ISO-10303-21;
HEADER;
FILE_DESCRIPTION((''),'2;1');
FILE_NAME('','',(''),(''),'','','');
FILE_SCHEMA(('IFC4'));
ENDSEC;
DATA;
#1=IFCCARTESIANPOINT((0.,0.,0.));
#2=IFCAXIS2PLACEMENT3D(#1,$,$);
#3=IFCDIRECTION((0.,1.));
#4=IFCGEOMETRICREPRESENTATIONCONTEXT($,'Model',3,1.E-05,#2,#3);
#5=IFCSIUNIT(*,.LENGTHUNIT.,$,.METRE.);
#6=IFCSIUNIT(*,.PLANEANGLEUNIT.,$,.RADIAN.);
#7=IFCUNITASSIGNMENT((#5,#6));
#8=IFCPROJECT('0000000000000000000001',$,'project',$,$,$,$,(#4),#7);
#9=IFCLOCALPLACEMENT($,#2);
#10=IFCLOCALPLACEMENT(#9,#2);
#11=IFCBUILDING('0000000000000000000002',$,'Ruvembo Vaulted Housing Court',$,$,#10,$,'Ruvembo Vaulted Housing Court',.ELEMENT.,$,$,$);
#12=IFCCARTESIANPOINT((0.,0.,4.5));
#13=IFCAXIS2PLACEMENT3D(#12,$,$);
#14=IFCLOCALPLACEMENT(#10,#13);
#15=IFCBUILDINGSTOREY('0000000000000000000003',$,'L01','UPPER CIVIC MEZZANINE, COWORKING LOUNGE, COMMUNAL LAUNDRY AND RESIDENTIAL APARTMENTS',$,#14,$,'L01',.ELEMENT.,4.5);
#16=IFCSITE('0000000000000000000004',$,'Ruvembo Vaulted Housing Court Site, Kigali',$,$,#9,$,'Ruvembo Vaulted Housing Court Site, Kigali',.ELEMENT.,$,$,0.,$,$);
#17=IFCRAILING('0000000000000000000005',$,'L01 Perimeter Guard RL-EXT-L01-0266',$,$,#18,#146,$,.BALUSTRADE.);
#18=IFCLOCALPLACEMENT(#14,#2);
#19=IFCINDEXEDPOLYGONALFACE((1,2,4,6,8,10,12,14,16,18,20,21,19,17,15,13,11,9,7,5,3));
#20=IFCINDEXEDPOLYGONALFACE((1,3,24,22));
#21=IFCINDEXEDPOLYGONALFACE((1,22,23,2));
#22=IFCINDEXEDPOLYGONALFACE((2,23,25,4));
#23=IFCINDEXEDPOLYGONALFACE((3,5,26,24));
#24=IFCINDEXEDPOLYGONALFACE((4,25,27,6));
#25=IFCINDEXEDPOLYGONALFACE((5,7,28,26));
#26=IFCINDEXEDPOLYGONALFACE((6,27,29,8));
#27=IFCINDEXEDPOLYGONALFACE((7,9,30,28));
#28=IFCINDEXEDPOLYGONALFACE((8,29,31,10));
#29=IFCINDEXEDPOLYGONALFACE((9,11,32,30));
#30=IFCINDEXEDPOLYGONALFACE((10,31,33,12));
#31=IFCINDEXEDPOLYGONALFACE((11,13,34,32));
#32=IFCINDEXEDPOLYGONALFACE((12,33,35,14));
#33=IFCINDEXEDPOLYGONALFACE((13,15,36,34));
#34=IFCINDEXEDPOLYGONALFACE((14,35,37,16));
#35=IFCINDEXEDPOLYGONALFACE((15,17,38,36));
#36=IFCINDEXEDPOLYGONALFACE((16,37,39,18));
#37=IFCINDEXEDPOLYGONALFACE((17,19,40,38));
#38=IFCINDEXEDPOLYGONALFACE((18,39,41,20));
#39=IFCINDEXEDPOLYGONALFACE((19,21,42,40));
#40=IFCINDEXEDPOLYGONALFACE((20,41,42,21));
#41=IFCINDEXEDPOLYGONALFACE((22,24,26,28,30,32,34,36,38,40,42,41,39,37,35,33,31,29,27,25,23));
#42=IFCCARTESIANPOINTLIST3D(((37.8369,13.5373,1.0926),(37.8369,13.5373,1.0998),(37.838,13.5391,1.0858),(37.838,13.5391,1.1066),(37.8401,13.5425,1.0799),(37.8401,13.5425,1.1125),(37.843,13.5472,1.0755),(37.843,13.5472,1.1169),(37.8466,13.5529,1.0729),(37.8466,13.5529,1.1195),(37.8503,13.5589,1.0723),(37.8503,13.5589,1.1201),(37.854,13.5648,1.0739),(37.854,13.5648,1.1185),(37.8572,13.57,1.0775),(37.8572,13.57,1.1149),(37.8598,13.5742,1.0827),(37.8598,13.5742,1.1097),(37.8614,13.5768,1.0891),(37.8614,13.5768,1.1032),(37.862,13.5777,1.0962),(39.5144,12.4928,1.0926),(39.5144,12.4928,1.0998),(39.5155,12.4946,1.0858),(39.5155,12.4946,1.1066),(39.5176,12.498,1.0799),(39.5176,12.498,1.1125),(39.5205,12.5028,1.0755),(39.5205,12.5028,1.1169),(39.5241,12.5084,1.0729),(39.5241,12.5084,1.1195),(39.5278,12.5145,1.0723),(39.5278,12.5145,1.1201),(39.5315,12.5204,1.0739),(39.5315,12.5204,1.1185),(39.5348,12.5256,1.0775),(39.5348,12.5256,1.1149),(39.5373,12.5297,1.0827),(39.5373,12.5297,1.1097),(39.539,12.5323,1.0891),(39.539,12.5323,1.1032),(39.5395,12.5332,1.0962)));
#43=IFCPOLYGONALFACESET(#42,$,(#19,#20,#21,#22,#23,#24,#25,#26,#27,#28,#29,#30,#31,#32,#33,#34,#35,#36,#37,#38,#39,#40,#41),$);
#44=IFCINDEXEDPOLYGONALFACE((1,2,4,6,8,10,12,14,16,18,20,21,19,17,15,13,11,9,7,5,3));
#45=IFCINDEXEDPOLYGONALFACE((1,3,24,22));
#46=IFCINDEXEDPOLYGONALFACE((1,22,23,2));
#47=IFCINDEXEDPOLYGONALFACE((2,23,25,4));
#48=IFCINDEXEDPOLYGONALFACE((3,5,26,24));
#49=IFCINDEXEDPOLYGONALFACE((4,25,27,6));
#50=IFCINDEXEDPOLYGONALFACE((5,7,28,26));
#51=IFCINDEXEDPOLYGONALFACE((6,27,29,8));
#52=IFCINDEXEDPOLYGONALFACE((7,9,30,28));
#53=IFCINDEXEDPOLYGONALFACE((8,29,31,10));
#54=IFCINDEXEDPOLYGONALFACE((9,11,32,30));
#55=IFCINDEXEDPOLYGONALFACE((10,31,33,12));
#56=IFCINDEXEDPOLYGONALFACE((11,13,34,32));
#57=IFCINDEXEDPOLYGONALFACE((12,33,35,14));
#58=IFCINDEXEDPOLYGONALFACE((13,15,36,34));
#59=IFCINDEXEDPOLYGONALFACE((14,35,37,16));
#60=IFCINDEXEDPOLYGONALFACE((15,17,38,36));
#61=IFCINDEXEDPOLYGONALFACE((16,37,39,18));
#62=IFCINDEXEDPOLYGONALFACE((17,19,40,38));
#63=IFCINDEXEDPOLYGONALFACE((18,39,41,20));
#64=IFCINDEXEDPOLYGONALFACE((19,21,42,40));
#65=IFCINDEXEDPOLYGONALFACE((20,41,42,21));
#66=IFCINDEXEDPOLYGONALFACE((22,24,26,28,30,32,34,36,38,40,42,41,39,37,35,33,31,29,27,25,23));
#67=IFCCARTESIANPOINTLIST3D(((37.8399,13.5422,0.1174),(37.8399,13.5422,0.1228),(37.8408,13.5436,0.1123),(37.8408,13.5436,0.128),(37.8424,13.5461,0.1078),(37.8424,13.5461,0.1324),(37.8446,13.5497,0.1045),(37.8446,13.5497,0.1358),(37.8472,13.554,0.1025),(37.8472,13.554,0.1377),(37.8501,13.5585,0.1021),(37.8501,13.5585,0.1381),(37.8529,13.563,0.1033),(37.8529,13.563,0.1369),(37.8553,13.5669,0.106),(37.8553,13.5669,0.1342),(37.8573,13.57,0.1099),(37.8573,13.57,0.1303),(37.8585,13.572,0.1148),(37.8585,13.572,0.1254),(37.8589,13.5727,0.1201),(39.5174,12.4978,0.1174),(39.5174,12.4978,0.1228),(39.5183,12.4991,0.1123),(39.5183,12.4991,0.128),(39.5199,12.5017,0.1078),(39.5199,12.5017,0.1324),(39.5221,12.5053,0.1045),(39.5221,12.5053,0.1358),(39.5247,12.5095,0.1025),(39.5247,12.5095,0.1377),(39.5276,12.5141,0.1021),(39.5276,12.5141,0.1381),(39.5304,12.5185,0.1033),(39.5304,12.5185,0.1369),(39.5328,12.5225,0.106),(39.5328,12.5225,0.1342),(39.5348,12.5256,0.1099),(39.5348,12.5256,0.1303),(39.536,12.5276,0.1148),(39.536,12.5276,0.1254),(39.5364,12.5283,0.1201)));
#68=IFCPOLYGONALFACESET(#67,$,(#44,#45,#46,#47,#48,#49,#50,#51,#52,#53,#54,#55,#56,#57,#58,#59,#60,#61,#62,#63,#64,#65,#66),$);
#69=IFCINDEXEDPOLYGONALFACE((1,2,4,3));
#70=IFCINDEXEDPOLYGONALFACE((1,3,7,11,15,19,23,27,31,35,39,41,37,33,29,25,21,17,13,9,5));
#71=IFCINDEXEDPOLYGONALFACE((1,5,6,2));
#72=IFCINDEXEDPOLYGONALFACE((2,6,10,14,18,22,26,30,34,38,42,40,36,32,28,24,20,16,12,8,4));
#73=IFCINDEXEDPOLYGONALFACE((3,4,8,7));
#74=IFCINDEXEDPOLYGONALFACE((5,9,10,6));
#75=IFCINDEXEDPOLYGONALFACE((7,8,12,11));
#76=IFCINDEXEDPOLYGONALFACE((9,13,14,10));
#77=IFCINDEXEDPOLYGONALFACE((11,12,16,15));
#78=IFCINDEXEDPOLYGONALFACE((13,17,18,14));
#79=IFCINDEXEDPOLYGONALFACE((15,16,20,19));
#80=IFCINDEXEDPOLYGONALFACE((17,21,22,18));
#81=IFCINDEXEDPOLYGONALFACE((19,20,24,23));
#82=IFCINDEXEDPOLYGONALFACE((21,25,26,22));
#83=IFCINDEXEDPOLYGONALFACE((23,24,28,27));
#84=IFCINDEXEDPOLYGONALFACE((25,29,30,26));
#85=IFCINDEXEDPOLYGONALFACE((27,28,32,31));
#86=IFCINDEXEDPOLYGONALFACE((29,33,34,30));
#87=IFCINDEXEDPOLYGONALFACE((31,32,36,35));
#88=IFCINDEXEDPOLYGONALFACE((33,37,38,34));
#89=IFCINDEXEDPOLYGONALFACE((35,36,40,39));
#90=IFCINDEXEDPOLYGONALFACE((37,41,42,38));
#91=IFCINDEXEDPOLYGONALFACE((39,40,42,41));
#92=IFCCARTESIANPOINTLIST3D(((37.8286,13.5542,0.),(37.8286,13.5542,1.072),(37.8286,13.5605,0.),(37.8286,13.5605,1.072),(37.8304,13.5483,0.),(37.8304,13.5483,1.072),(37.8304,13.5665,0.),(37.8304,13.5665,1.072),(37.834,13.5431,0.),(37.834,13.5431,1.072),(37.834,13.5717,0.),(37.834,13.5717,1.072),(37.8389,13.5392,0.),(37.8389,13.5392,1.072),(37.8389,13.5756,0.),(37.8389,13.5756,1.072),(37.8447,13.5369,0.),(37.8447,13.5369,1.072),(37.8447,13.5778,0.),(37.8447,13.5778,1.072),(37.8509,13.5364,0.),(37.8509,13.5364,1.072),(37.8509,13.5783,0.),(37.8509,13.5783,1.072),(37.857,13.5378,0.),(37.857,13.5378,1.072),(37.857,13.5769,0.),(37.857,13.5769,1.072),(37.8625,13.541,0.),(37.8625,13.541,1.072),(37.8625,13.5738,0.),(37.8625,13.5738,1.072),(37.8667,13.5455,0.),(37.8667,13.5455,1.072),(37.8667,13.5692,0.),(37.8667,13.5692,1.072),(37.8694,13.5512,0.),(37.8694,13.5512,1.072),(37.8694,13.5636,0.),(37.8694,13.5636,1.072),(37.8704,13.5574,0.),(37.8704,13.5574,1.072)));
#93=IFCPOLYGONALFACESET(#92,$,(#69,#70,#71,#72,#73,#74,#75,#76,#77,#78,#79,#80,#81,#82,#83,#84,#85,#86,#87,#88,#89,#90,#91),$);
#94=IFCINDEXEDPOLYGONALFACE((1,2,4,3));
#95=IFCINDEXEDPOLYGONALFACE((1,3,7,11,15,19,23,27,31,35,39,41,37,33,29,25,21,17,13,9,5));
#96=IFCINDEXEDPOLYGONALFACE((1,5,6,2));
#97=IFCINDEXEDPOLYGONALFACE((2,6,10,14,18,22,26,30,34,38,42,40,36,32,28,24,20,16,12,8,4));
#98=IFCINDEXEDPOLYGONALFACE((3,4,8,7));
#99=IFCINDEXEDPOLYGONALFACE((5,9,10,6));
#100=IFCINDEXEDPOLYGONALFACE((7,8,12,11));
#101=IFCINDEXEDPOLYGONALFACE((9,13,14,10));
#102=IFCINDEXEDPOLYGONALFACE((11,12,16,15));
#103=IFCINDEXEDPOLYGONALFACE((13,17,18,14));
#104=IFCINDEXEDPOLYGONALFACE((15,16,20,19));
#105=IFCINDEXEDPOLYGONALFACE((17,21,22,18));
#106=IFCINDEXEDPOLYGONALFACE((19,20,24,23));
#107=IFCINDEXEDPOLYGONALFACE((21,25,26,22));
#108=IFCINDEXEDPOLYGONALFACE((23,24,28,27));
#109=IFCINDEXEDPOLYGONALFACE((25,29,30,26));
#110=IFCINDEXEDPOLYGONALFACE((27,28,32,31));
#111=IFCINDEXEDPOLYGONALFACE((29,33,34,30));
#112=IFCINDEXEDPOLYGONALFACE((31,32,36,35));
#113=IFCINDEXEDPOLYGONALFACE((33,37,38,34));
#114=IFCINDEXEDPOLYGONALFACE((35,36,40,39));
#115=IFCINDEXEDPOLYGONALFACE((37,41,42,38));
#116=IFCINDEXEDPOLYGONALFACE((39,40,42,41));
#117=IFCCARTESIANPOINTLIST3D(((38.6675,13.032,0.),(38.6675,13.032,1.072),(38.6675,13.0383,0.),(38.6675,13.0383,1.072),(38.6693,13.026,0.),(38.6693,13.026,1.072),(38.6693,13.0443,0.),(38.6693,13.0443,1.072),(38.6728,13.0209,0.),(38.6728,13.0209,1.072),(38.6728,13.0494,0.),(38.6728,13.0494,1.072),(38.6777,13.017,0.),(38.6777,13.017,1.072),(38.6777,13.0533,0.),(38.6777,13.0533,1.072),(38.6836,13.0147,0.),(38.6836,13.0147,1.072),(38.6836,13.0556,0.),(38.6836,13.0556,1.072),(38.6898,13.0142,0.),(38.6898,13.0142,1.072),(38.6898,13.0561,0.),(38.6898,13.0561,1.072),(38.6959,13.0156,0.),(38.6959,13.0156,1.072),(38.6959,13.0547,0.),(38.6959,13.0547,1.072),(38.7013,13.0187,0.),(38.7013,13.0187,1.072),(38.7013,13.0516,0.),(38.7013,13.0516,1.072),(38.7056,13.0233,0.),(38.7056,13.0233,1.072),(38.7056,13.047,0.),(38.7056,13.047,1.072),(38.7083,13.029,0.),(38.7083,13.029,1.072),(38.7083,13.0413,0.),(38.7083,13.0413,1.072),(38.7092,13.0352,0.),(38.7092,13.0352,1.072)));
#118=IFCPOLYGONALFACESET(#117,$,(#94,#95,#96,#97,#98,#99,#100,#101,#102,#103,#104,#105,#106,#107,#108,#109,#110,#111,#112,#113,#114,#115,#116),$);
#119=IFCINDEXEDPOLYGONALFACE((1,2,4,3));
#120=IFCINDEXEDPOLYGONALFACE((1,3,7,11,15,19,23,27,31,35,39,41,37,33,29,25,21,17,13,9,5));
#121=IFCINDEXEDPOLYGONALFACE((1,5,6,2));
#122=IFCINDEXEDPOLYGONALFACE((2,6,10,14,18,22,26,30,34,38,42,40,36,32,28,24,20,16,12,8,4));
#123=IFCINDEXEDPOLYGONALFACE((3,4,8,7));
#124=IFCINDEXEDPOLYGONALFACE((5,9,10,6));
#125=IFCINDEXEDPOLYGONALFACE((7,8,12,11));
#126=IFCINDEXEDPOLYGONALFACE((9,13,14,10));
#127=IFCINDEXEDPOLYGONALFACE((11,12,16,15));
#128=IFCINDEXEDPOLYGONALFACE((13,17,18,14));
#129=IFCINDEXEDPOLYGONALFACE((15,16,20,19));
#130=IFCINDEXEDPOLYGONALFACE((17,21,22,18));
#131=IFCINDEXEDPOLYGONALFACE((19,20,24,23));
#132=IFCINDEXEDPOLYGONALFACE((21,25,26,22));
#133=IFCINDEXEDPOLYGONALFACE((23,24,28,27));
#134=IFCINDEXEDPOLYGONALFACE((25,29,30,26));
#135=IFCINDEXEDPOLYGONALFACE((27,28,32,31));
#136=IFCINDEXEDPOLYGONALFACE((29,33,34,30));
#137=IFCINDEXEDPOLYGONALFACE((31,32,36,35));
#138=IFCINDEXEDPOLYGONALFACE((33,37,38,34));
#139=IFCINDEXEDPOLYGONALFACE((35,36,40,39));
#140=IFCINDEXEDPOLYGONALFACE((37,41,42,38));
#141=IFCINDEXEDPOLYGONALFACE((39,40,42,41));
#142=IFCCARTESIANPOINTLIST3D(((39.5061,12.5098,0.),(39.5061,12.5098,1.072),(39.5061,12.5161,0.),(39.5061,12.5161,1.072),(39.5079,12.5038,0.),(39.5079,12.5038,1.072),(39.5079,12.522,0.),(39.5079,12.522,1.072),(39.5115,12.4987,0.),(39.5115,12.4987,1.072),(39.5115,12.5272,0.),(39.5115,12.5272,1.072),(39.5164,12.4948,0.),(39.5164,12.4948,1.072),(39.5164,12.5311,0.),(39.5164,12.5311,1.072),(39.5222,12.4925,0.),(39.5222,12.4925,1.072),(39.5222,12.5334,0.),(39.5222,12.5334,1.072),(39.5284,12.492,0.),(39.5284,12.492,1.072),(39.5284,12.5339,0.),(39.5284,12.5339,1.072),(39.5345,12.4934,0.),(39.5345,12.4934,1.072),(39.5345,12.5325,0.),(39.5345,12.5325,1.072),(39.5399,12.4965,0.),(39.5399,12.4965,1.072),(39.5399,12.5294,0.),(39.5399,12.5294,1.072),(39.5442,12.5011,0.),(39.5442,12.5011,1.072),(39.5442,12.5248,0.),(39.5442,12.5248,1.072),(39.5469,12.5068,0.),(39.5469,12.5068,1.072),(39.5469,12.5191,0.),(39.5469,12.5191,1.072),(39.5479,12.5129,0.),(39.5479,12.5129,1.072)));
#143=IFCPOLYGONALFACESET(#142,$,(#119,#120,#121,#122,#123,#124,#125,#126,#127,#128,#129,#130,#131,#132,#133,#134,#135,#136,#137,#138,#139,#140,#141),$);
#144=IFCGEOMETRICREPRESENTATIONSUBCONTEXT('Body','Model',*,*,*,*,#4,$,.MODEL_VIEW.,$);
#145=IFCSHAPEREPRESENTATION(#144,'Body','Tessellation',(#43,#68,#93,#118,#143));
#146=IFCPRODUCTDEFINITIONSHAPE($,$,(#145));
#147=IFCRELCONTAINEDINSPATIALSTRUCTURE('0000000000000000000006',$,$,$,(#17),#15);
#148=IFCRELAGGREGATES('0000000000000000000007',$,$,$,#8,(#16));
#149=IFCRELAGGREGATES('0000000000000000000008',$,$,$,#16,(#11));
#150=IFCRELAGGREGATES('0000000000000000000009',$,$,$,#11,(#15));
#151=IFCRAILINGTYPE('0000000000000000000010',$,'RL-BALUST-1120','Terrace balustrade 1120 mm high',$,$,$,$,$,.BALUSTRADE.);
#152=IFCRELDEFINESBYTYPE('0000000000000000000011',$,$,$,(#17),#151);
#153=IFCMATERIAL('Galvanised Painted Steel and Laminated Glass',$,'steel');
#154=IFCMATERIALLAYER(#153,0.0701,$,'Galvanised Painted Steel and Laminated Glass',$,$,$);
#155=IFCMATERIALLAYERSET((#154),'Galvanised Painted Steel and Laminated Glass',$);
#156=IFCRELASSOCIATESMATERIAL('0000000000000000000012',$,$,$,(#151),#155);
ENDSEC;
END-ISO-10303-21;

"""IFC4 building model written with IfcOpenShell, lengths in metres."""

from ifc_helpers import new_model, si_unit, direction, frame, origin, origin_2d, place, context, subcontext, project, spatial, circle, extrude, material, layer, layer_set, type_object, element, save


model = new_model("IFC4")

# Units and contexts
model_context = context("Model", 3, precision=1e-05, world=origin(), true_north=direction((0.0, 1.0)))
body_context = subcontext(model_context, "Body", "Model", "MODEL_VIEW")
ifc_project = project(units=[si_unit("LENGTHUNIT", "METRE"), si_unit("PLANEANGLEUNIT", "RADIAN")], contexts=[model_context])

# Site, building, storey
site_placement = place(None, origin())
site = spatial("IfcSite", under=ifc_project, at=site_placement, Name="Ruvembo Vaulted Housing Court Site, Kigali", LongName="Ruvembo Vaulted Housing Court Site, Kigali", CompositionType="ELEMENT", RefElevation=0.0)
building_placement = place(site_placement, origin())
building = spatial("IfcBuilding", under=site, at=building_placement, Name="Ruvembo Vaulted Housing Court", LongName="Ruvembo Vaulted Housing Court", CompositionType="ELEMENT")
storey_placement = place(building_placement, frame((0.0, 0.0, 4.5)))
storey = spatial("IfcBuildingStorey", under=building, at=storey_placement, Name="L01", Description="UPPER CIVIC MEZZANINE, COWORKING LOUNGE, COMMUNAL LAUNDRY AND RESIDENTIAL APARTMENTS", LongName="L01", CompositionType="ELEMENT", Elevation=4.5)

# Railing
ifc_material_1 = material(Name="Galvanised Painted Steel and Laminated Glass", Category="steel")
ifc_layer_1 = layer(ifc_material_1, 0.0701, Name="Galvanised Painted Steel and Laminated Glass")
ifc_layer_set_1 = layer_set([ifc_layer_1], Name="Galvanised Painted Steel and Laminated Glass")
railing_type_1 = type_object("IfcRailingType", Name="RL-BALUST-1120", Description="Terrace balustrade 1120 mm high", PredefinedType="BALUSTRADE", material=ifc_layer_set_1)
railing_1_placement = place(storey_placement, frame((37.8494, 13.5574, 0.0)))
element("IfcRailing", 1, at=railing_1_placement, inside=storey, type_object=railing_type_1, Name="L01 Perimeter Guard RL-EXT-L01-0266", PredefinedType="BALUSTRADE", context=body_context, shape_type="SweptSolid", body=[
    extrude(circle(Radius=0.0239, at=origin_2d()), frame((0.0, 0.0, 1.0962), z_axis=(0.848906, -0.528543, 0.0), x_axis=(0.528543, 0.848906, 0.0)), (0.0, 0.0, 1.0), 1.9761),
    extrude(circle(Radius=0.0181, at=origin_2d()), frame((0.0, 0.0, 0.1201), z_axis=(0.848906, -0.528543, 0.0), x_axis=(0.528543, 0.848906, 0.0)), (0.0, 0.0, 1.0), 1.9761),
    extrude(circle(Radius=0.021, at=origin_2d()), origin(), (0.0, 0.0, 1.0), 1.072),
    extrude(circle(Radius=0.021, at=origin_2d()), frame((0.8389, -0.5222, 0.0)), (0.0, 0.0, 1.0), 1.072),
    extrude(circle(Radius=0.021, at=origin_2d()), frame((1.6775, -1.0444, 0.0)), (0.0, 0.0, 1.0), 1.072),
])

save(model, "model.ifc")
